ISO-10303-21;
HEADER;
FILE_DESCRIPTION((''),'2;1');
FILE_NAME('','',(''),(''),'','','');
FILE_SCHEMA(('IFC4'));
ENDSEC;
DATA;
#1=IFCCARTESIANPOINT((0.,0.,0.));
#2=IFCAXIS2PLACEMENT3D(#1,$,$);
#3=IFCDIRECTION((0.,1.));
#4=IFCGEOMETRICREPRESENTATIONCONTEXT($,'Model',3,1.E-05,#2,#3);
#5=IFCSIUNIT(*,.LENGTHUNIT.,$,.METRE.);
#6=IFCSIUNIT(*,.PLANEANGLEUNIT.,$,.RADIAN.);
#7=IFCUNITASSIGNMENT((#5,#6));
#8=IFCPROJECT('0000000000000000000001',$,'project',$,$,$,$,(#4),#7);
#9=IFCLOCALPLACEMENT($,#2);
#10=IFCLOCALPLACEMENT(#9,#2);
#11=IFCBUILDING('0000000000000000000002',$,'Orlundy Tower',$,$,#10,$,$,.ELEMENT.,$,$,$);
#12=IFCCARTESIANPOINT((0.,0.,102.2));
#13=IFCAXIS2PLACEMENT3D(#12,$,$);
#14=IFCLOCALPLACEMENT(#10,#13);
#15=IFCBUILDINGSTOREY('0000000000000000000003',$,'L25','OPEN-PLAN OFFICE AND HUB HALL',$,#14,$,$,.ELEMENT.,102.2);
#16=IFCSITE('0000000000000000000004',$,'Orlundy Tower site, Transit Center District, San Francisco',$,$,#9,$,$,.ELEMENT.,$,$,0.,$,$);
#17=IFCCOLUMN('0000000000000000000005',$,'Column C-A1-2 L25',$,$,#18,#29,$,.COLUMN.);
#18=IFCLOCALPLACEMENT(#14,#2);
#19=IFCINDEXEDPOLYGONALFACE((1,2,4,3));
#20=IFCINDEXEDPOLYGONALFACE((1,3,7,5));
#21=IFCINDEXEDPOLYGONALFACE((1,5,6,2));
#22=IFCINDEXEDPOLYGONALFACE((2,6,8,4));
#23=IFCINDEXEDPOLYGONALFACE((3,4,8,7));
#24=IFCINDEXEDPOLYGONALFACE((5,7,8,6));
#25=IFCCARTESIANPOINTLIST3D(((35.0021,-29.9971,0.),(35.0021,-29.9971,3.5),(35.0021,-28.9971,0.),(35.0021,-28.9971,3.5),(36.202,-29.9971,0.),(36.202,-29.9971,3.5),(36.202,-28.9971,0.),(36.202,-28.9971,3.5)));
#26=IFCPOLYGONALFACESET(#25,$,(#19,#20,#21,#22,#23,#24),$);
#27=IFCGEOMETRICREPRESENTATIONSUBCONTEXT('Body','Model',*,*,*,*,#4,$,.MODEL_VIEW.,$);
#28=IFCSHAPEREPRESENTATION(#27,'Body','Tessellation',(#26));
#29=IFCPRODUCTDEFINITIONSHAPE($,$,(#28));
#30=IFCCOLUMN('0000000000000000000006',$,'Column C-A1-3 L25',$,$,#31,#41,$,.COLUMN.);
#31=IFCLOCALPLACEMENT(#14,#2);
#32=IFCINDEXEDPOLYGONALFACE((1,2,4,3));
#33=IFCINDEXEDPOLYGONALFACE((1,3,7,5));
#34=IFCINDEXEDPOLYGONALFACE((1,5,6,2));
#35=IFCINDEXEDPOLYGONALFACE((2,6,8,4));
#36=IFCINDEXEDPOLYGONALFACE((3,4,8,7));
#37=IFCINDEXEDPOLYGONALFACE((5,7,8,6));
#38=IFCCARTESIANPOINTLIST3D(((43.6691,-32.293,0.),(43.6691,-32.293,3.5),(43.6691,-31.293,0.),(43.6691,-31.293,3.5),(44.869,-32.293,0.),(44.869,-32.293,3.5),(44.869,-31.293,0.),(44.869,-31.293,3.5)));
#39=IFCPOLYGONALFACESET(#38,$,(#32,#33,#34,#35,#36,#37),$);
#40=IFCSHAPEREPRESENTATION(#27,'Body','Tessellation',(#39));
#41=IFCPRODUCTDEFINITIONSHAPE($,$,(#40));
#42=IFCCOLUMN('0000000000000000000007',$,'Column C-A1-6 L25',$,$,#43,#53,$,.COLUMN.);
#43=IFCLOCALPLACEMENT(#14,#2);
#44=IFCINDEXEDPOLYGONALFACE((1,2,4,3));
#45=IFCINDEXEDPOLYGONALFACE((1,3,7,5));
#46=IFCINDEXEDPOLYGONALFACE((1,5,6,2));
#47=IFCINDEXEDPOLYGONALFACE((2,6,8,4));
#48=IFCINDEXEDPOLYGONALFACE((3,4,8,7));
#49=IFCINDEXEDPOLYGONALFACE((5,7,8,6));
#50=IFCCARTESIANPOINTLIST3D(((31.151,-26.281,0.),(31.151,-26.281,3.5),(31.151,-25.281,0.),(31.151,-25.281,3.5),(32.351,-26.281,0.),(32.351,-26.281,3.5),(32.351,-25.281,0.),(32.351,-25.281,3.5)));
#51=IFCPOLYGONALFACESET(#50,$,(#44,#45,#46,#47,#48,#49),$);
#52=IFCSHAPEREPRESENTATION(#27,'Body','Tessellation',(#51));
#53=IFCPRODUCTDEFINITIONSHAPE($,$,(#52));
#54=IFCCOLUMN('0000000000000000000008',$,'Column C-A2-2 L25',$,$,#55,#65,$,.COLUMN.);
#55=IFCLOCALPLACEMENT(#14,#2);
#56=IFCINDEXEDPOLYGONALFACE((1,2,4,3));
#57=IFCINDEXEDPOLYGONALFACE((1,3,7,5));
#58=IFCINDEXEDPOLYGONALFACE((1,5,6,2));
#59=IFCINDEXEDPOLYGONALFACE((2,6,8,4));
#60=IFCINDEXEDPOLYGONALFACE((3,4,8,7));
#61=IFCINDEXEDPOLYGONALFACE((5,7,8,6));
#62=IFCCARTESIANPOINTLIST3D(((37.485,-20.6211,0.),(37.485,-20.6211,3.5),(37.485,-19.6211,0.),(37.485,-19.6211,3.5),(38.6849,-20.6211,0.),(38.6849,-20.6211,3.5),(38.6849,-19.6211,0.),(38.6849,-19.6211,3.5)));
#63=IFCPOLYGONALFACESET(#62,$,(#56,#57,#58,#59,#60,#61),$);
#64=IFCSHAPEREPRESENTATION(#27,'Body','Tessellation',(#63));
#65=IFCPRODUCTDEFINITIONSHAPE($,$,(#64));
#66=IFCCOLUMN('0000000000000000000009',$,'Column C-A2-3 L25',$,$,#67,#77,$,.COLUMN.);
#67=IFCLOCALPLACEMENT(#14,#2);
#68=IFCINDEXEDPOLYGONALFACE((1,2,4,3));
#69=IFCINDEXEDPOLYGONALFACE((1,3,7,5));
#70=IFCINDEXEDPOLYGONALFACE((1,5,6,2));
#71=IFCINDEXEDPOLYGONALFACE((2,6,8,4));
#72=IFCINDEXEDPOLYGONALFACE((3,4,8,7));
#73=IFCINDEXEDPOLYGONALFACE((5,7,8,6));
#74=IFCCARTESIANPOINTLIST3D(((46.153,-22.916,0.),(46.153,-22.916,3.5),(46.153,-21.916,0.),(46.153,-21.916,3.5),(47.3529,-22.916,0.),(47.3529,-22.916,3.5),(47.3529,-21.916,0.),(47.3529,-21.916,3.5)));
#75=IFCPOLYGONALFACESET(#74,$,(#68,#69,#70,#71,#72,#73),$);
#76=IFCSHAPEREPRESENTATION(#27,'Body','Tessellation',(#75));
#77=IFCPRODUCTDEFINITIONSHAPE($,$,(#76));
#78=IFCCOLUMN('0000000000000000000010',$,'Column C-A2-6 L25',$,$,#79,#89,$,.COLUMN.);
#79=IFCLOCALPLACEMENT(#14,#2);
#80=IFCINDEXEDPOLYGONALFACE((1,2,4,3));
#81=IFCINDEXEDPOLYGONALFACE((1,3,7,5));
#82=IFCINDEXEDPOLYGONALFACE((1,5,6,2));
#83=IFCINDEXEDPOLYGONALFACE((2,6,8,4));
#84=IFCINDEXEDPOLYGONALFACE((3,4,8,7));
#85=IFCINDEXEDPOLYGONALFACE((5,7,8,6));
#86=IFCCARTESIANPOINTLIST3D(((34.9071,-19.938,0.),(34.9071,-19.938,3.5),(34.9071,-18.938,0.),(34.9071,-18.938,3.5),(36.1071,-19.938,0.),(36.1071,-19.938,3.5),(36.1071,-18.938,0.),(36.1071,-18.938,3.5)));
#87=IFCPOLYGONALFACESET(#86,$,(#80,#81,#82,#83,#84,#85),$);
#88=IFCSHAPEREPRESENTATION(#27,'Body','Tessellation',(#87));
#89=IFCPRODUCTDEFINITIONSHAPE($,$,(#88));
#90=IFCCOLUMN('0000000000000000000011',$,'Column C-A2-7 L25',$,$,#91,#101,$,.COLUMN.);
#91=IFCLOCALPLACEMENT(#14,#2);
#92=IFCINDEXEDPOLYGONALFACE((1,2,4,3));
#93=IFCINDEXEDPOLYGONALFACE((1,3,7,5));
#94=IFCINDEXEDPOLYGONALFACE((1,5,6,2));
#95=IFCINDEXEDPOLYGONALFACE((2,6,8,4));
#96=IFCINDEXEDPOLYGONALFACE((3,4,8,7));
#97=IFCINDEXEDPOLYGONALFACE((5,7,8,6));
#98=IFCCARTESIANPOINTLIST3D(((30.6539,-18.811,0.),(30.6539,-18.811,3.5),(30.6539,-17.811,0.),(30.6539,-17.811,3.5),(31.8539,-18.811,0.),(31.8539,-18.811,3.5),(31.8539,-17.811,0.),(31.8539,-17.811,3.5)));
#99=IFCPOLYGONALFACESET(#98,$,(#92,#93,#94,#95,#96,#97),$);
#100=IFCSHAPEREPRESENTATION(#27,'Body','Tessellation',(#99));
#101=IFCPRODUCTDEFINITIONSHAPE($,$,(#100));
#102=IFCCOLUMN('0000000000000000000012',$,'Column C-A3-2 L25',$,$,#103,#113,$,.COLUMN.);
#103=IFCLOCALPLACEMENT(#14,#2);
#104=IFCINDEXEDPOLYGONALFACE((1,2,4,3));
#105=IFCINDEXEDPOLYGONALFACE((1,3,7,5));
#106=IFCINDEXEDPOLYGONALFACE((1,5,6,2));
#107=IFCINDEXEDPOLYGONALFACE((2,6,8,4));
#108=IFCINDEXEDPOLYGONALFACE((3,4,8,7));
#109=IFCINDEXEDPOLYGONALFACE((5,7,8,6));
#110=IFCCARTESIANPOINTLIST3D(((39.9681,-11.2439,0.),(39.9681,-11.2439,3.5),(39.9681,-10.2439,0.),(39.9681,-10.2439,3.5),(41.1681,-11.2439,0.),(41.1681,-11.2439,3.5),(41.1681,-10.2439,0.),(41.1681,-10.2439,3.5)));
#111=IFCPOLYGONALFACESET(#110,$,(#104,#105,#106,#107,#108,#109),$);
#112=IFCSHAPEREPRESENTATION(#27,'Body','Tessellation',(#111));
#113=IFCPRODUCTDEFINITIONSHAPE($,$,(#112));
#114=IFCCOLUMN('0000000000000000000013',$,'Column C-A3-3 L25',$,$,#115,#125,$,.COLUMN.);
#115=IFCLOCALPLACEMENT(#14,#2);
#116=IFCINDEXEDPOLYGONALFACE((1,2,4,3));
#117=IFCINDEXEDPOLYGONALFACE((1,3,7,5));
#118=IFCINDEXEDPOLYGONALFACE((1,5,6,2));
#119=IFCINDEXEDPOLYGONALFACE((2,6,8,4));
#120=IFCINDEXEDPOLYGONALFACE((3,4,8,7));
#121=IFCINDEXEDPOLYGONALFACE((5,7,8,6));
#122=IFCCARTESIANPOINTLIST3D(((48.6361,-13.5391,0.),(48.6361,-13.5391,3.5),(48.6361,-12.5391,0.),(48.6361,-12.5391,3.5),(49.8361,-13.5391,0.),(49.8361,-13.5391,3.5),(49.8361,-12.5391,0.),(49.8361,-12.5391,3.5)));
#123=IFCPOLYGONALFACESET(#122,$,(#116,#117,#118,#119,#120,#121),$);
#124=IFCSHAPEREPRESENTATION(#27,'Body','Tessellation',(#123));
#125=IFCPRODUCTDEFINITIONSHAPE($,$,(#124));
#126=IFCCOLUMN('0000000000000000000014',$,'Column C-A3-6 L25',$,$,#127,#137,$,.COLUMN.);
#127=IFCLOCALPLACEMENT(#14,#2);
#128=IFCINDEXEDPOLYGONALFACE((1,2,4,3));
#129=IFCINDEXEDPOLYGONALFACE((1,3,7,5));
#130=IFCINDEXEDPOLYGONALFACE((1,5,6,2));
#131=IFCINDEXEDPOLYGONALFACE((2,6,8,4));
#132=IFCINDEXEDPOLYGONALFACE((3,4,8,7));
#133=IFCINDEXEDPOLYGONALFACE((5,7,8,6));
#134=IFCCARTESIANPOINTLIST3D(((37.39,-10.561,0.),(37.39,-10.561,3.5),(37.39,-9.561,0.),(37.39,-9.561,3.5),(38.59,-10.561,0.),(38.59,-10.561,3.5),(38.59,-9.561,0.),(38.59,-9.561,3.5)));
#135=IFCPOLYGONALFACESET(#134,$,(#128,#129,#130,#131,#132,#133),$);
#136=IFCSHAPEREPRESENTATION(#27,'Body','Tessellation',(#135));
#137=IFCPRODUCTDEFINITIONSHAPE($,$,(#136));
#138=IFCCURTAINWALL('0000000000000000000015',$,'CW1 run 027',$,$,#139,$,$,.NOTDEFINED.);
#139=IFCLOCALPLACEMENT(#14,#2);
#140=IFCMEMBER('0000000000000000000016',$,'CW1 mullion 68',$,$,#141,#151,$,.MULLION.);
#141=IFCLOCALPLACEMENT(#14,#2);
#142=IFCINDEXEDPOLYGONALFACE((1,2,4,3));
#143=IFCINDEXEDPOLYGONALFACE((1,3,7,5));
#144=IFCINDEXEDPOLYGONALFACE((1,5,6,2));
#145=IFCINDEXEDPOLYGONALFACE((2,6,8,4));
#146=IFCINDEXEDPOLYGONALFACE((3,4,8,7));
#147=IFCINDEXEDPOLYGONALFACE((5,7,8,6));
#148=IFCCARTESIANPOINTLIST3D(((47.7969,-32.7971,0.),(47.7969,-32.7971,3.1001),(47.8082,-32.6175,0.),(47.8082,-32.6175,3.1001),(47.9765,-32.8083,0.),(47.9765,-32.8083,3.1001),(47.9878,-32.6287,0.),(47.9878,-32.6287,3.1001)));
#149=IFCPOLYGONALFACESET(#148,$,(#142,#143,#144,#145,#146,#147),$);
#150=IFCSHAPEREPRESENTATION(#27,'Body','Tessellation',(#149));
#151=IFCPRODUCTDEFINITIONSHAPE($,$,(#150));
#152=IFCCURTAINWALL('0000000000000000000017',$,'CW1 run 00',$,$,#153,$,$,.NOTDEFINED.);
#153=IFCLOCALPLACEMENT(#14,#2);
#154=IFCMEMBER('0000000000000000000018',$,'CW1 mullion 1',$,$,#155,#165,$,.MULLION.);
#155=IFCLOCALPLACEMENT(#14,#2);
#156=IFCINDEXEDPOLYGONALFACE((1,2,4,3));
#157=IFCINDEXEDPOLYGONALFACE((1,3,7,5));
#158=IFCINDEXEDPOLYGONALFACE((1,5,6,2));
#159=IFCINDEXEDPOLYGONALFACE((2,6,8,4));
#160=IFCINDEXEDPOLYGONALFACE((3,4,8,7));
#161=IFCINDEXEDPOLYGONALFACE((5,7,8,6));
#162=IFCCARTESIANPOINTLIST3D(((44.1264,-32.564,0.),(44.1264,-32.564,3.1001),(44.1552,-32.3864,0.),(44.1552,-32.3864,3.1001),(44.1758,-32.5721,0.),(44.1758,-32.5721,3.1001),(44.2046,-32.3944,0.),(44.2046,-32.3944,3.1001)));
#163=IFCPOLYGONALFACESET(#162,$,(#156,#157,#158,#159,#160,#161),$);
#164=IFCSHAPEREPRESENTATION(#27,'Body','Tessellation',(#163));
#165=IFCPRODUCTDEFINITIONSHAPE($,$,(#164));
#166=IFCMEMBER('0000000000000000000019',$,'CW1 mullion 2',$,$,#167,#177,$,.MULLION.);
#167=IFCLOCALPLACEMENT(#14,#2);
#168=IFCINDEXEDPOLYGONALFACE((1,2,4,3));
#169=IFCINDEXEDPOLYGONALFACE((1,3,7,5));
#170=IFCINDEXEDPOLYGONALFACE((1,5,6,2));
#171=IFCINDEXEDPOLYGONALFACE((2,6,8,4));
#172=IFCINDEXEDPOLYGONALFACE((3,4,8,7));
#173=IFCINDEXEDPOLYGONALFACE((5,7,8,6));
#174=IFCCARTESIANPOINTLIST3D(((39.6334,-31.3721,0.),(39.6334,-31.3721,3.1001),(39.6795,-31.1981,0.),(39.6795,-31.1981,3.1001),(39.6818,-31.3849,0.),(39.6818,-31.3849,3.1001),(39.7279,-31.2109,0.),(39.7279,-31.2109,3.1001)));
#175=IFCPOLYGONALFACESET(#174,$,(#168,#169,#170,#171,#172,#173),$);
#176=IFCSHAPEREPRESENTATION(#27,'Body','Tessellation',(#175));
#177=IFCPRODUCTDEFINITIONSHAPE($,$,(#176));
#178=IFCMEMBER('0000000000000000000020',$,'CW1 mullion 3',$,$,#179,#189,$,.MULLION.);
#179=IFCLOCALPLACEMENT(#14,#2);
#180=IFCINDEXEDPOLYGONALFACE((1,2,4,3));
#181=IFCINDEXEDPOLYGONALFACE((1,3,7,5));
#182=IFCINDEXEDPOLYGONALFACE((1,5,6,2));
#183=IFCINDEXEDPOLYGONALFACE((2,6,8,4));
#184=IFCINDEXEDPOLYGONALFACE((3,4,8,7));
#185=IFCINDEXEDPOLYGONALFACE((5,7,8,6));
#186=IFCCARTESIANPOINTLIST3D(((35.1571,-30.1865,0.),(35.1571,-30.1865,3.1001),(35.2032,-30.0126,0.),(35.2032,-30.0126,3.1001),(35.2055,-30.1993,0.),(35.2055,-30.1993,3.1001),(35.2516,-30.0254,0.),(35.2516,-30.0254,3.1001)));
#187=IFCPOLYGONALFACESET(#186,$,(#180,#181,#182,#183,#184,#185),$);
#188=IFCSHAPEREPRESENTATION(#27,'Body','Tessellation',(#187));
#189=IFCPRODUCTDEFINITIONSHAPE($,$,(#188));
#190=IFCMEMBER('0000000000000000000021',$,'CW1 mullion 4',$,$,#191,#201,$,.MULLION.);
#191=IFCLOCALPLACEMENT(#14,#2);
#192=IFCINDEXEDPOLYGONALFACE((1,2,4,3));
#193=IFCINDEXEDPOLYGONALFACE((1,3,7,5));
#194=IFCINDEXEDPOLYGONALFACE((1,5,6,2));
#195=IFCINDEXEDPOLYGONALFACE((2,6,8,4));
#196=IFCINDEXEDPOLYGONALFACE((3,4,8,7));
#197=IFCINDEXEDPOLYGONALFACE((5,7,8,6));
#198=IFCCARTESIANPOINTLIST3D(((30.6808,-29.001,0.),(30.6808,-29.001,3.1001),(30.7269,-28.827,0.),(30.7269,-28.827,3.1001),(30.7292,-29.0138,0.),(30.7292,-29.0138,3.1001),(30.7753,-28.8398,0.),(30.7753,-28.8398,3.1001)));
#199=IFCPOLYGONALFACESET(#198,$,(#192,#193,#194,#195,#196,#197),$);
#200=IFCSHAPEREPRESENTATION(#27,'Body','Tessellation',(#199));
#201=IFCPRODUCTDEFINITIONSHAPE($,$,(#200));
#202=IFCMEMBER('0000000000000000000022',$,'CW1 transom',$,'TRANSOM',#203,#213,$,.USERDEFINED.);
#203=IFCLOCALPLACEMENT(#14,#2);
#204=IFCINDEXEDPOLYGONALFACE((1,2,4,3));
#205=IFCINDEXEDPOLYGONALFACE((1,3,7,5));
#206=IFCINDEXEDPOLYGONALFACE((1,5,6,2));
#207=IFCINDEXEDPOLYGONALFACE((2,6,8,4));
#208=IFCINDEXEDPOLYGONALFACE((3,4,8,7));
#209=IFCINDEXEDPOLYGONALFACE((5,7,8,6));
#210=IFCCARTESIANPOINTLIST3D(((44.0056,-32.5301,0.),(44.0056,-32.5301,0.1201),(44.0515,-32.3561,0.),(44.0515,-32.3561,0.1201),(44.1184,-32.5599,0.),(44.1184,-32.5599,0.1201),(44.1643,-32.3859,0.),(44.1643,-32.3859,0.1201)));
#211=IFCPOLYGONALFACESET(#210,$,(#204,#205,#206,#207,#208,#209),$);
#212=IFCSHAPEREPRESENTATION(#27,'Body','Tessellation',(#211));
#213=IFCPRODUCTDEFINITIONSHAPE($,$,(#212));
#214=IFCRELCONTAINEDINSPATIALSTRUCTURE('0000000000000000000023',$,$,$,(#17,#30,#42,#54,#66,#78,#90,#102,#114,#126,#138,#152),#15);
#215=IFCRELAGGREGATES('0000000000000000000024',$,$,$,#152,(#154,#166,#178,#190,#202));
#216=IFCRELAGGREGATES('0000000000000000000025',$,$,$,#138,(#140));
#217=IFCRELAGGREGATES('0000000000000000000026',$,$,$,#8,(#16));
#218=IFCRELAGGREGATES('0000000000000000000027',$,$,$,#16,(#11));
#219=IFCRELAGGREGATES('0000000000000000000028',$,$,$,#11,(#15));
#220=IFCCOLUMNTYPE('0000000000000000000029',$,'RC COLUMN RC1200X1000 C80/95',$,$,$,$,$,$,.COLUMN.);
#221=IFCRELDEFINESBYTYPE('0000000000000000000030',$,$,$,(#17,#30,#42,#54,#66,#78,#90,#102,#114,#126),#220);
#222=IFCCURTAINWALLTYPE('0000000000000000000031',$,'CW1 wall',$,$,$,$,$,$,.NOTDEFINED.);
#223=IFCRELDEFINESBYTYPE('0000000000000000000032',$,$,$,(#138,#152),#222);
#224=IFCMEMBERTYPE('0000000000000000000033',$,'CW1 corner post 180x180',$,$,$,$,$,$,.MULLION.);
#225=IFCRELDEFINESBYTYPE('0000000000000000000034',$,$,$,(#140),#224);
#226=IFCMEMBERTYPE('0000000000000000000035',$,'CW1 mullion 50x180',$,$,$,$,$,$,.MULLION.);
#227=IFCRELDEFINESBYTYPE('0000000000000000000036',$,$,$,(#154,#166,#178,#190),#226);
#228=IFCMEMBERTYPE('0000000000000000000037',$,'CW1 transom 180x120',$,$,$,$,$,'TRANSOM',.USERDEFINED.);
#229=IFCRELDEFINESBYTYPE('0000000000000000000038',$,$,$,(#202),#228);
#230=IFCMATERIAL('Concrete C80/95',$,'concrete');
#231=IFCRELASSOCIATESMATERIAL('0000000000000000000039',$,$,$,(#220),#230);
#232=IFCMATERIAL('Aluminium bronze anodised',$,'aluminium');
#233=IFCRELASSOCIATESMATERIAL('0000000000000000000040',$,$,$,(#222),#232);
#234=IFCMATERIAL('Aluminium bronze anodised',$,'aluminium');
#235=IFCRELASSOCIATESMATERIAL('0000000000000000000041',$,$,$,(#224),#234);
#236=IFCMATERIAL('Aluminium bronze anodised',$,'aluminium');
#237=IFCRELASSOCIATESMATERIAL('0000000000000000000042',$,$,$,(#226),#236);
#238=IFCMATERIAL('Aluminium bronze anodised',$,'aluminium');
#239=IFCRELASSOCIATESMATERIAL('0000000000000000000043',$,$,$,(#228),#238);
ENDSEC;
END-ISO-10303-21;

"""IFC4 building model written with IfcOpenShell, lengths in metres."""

from ifc_helpers import new_model, si_unit, direction, frame, origin, origin_2d, place, context, subcontext, project, spatial, rectangle, extrude, material, material_profile, profile_set, type_object, element, aggregate, save


model = new_model("IFC4")

# Units and contexts
model_context = context("Model", 3, precision=1e-05, world=origin(), true_north=direction((0.0, 1.0)))
body_context = subcontext(model_context, "Body", "Model", "MODEL_VIEW")
ifc_project = project(units=[si_unit("LENGTHUNIT", "METRE"), si_unit("PLANEANGLEUNIT", "RADIAN")], contexts=[model_context])

# Site, building, storey
site_placement = place(None, origin())
site = spatial("IfcSite", under=ifc_project, at=site_placement, Name="Orlundy Tower site, Transit Center District, San Francisco", CompositionType="ELEMENT", RefElevation=0.0)
building_placement = place(site_placement, origin())
building = spatial("IfcBuilding", under=site, at=building_placement, Name="Orlundy Tower", CompositionType="ELEMENT")
storey_placement = place(building_placement, frame((0.0, 0.0, 102.2)))
storey = spatial("IfcBuildingStorey", under=building, at=storey_placement, Name="L25", Description="OPEN-PLAN OFFICE AND HUB HALL", CompositionType="ELEMENT", Elevation=102.2)

# Columns
ifc_material_1 = material(Name="Concrete C80/95", Category="concrete")
ifc_material_profile_1 = material_profile(ifc_material_1, rectangle(XDim=1.2, YDim=1.0, at=origin_2d()), Name="RC1200X1000")
ifc_profile_set_1 = profile_set([ifc_material_profile_1], Name="Concrete C80/95")
column_type = type_object("IfcColumnType", Name="RC COLUMN RC1200X1000 C80/95", PredefinedType="COLUMN", material=ifc_profile_set_1)
for number, where, z_axis, x_axis, name in (
    (1, (35.6021, -29.4971, 0.0), (0.0, 0.0, 1.0), (1.0, 0.0, 0.0), "Column C-A1-2 L25"),
    (2, (44.269, -31.793, 0.0), (0.0, 0.0, 1.0), (1.0, 0.0, 0.0), "Column C-A1-3 L25"),
    (3, (31.751, -25.781, 0.0), (0.0, 0.0, 1.0), (1.0, 0.0, 0.0), "Column C-A1-6 L25"),
    (4, (38.085, -20.1211, 0.0), (0.0, 0.0, 1.0), (1.0, 0.0, 0.0), "Column C-A2-2 L25"),
    (5, (46.7529, -22.416, 0.0), (0.0, 0.0, 1.0), (1.0, 0.0, 0.0), "Column C-A2-3 L25"),
    (6, (35.5071, -19.438, 0.0), (0.0, 0.0, 1.0), (1.0, 0.0, 0.0), "Column C-A2-6 L25"),
    (7, (31.2539, -18.311, 0.0), (0.0, 0.0, 1.0), (1.0, 0.0, 0.0), "Column C-A2-7 L25"),
    (8, (40.5681, -10.7439, 0.0), (0.0, 0.0, 1.0), (1.0, 0.0, 0.0), "Column C-A3-2 L25"),
    (9, (49.2361, -13.0391, 0.0), (0.0, 0.0, 1.0), (1.0, 0.0, 0.0), "Column C-A3-3 L25"),
    (10, (37.99, -10.061, 0.0), (0.0, 0.0, 1.0), (1.0, 0.0, 0.0), "Column C-A3-6 L25"),
):
    element("IfcColumn", number, at=place(storey_placement, frame(where, z_axis=z_axis, x_axis=x_axis)), inside=storey, type_object=column_type, Name=name, PredefinedType="COLUMN", context=body_context, shape_type="SweptSolid", body=[
        extrude(rectangle(XDim=1.2, YDim=1.0, at=origin_2d()), origin(), (0.0, 0.0, 1.0), 3.5),
    ])

# Curtain wall, member
ifc_material_2 = material(Name="Aluminium bronze anodised", Category="aluminium")
curtain_wall_type = type_object("IfcCurtainWallType", Name="CW1 wall", PredefinedType="NOTDEFINED", material=ifc_material_2)
curtain_wall_1_placement = place(storey_placement, origin())
curtain_wall_1 = element("IfcCurtainWall", 11, at=curtain_wall_1_placement, inside=storey, type_object=curtain_wall_type, Name="CW1 run 027", PredefinedType="NOTDEFINED")
ifc_material_3 = material(Name="Aluminium bronze anodised", Category="aluminium")
ifc_material_profile_2 = material_profile(ifc_material_3, rectangle(XDim=0.1799, YDim=0.1799, at=origin_2d()), Name="CW1 corner post 180x180")
ifc_profile_set_2 = profile_set([ifc_material_profile_2], Name="Aluminium bronze anodised")
member_type_1 = type_object("IfcMemberType", Name="CW1 corner post 180x180", PredefinedType="MULLION", material=ifc_profile_set_2)
member_1_placement = place(storey_placement, frame((47.8923, -32.7129, 0.0), z_axis=(0.0, 0.0, 1.0), x_axis=(-0.06258, -0.99804, 0.0)))
member_1 = element("IfcMember", 12, at=member_1_placement, type_object=member_type_1, Name="CW1 mullion 68", PredefinedType="MULLION", context=body_context, shape_type="SweptSolid", body=[
    extrude(rectangle(XDim=0.1799, YDim=0.1799, at=origin_2d()), origin(), (0.0, 0.0, 1.0), 3.1001),
])

# Curtain wall, members
curtain_wall_2_placement = place(storey_placement, origin())
curtain_wall_2 = element("IfcCurtainWall", 13, at=curtain_wall_2_placement, inside=storey, type_object=curtain_wall_type, Name="CW1 run 00", PredefinedType="NOTDEFINED")
ifc_material_4 = material(Name="Aluminium bronze anodised", Category="aluminium")
ifc_material_profile_3 = material_profile(ifc_material_4, rectangle(XDim=0.1799, YDim=0.05, at=origin_2d()), Name="CW1 mullion 50x180")
ifc_profile_set_3 = profile_set([ifc_material_profile_3], Name="Aluminium bronze anodised")
member_type_2 = type_object("IfcMemberType", Name="CW1 mullion 50x180", PredefinedType="MULLION", material=ifc_profile_set_3)
member_2_placement = place(storey_placement, frame((44.1655, -32.4792, 0.0), z_axis=(0.0, 0.0, 1.0), x_axis=(-0.160066, -0.987106, 0.0)))
member_2 = element("IfcMember", 14, at=member_2_placement, type_object=member_type_2, Name="CW1 mullion 1", PredefinedType="MULLION", context=body_context, shape_type="SweptSolid", body=[
    extrude(rectangle(XDim=0.1799, YDim=0.05, at=origin_2d()), origin(), (0.0, 0.0, 1.0), 3.1001),
])
member_3_placement = place(storey_placement, frame((39.6807, -31.2915, 0.0), z_axis=(0.0, 0.0, 1.0), x_axis=(-0.256011, -0.966674, 0.0)))
member_3 = element("IfcMember", 15, at=member_3_placement, type_object=member_type_2, Name="CW1 mullion 2", PredefinedType="MULLION", context=body_context, shape_type="SweptSolid", body=[
    extrude(rectangle(XDim=0.1799, YDim=0.05, at=origin_2d()), origin(), (0.0, 0.0, 1.0), 3.1001),
])
member_4_placement = place(storey_placement, frame((35.2043, -30.106, 0.0), z_axis=(0.0, 0.0, 1.0), x_axis=(-0.256011, -0.966674, 0.0)))
member_4 = element("IfcMember", 16, at=member_4_placement, type_object=member_type_2, Name="CW1 mullion 3", PredefinedType="MULLION", context=body_context, shape_type="SweptSolid", body=[
    extrude(rectangle(XDim=0.1799, YDim=0.05, at=origin_2d()), origin(), (0.0, 0.0, 1.0), 3.1001),
])
member_5_placement = place(storey_placement, frame((30.728, -28.9204, 0.0), z_axis=(0.0, 0.0, 1.0), x_axis=(-0.256011, -0.966674, 0.0)))
member_5 = element("IfcMember", 17, at=member_5_placement, type_object=member_type_2, Name="CW1 mullion 4", PredefinedType="MULLION", context=body_context, shape_type="SweptSolid", body=[
    extrude(rectangle(XDim=0.1799, YDim=0.05, at=origin_2d()), origin(), (0.0, 0.0, 1.0), 3.1001),
])
ifc_material_5 = material(Name="Aluminium bronze anodised", Category="aluminium")
ifc_material_profile_4 = material_profile(ifc_material_5, rectangle(XDim=0.1799, YDim=0.1201, at=origin_2d()), Name="CW1 transom 180x120")
ifc_profile_set_4 = profile_set([ifc_material_profile_4], Name="Aluminium bronze anodised")
member_type_3 = type_object("IfcMemberType", Name="CW1 transom 180x120", ElementType="TRANSOM", PredefinedType="USERDEFINED", material=ifc_profile_set_4)
member_6_placement = place(storey_placement, frame((44.1414, -32.4729, 0.0601), z_axis=(-0.966857, 0.255317, 0.0), x_axis=(-0.255317, -0.966857, 0.0)))
member_6 = element("IfcMember", 18, at=member_6_placement, type_object=member_type_3, Name="CW1 transom", ObjectType="TRANSOM", PredefinedType="USERDEFINED", context=body_context, shape_type="SweptSolid", body=[
    extrude(rectangle(XDim=0.1799, YDim=0.1201, at=origin_2d()), origin(), (0.0, 0.0, 1.0), 0.1167),
])

aggregate(curtain_wall_2, [member_2, member_3, member_4, member_5, member_6])

aggregate(curtain_wall_1, [member_1])

save(model, "model.ifc")
